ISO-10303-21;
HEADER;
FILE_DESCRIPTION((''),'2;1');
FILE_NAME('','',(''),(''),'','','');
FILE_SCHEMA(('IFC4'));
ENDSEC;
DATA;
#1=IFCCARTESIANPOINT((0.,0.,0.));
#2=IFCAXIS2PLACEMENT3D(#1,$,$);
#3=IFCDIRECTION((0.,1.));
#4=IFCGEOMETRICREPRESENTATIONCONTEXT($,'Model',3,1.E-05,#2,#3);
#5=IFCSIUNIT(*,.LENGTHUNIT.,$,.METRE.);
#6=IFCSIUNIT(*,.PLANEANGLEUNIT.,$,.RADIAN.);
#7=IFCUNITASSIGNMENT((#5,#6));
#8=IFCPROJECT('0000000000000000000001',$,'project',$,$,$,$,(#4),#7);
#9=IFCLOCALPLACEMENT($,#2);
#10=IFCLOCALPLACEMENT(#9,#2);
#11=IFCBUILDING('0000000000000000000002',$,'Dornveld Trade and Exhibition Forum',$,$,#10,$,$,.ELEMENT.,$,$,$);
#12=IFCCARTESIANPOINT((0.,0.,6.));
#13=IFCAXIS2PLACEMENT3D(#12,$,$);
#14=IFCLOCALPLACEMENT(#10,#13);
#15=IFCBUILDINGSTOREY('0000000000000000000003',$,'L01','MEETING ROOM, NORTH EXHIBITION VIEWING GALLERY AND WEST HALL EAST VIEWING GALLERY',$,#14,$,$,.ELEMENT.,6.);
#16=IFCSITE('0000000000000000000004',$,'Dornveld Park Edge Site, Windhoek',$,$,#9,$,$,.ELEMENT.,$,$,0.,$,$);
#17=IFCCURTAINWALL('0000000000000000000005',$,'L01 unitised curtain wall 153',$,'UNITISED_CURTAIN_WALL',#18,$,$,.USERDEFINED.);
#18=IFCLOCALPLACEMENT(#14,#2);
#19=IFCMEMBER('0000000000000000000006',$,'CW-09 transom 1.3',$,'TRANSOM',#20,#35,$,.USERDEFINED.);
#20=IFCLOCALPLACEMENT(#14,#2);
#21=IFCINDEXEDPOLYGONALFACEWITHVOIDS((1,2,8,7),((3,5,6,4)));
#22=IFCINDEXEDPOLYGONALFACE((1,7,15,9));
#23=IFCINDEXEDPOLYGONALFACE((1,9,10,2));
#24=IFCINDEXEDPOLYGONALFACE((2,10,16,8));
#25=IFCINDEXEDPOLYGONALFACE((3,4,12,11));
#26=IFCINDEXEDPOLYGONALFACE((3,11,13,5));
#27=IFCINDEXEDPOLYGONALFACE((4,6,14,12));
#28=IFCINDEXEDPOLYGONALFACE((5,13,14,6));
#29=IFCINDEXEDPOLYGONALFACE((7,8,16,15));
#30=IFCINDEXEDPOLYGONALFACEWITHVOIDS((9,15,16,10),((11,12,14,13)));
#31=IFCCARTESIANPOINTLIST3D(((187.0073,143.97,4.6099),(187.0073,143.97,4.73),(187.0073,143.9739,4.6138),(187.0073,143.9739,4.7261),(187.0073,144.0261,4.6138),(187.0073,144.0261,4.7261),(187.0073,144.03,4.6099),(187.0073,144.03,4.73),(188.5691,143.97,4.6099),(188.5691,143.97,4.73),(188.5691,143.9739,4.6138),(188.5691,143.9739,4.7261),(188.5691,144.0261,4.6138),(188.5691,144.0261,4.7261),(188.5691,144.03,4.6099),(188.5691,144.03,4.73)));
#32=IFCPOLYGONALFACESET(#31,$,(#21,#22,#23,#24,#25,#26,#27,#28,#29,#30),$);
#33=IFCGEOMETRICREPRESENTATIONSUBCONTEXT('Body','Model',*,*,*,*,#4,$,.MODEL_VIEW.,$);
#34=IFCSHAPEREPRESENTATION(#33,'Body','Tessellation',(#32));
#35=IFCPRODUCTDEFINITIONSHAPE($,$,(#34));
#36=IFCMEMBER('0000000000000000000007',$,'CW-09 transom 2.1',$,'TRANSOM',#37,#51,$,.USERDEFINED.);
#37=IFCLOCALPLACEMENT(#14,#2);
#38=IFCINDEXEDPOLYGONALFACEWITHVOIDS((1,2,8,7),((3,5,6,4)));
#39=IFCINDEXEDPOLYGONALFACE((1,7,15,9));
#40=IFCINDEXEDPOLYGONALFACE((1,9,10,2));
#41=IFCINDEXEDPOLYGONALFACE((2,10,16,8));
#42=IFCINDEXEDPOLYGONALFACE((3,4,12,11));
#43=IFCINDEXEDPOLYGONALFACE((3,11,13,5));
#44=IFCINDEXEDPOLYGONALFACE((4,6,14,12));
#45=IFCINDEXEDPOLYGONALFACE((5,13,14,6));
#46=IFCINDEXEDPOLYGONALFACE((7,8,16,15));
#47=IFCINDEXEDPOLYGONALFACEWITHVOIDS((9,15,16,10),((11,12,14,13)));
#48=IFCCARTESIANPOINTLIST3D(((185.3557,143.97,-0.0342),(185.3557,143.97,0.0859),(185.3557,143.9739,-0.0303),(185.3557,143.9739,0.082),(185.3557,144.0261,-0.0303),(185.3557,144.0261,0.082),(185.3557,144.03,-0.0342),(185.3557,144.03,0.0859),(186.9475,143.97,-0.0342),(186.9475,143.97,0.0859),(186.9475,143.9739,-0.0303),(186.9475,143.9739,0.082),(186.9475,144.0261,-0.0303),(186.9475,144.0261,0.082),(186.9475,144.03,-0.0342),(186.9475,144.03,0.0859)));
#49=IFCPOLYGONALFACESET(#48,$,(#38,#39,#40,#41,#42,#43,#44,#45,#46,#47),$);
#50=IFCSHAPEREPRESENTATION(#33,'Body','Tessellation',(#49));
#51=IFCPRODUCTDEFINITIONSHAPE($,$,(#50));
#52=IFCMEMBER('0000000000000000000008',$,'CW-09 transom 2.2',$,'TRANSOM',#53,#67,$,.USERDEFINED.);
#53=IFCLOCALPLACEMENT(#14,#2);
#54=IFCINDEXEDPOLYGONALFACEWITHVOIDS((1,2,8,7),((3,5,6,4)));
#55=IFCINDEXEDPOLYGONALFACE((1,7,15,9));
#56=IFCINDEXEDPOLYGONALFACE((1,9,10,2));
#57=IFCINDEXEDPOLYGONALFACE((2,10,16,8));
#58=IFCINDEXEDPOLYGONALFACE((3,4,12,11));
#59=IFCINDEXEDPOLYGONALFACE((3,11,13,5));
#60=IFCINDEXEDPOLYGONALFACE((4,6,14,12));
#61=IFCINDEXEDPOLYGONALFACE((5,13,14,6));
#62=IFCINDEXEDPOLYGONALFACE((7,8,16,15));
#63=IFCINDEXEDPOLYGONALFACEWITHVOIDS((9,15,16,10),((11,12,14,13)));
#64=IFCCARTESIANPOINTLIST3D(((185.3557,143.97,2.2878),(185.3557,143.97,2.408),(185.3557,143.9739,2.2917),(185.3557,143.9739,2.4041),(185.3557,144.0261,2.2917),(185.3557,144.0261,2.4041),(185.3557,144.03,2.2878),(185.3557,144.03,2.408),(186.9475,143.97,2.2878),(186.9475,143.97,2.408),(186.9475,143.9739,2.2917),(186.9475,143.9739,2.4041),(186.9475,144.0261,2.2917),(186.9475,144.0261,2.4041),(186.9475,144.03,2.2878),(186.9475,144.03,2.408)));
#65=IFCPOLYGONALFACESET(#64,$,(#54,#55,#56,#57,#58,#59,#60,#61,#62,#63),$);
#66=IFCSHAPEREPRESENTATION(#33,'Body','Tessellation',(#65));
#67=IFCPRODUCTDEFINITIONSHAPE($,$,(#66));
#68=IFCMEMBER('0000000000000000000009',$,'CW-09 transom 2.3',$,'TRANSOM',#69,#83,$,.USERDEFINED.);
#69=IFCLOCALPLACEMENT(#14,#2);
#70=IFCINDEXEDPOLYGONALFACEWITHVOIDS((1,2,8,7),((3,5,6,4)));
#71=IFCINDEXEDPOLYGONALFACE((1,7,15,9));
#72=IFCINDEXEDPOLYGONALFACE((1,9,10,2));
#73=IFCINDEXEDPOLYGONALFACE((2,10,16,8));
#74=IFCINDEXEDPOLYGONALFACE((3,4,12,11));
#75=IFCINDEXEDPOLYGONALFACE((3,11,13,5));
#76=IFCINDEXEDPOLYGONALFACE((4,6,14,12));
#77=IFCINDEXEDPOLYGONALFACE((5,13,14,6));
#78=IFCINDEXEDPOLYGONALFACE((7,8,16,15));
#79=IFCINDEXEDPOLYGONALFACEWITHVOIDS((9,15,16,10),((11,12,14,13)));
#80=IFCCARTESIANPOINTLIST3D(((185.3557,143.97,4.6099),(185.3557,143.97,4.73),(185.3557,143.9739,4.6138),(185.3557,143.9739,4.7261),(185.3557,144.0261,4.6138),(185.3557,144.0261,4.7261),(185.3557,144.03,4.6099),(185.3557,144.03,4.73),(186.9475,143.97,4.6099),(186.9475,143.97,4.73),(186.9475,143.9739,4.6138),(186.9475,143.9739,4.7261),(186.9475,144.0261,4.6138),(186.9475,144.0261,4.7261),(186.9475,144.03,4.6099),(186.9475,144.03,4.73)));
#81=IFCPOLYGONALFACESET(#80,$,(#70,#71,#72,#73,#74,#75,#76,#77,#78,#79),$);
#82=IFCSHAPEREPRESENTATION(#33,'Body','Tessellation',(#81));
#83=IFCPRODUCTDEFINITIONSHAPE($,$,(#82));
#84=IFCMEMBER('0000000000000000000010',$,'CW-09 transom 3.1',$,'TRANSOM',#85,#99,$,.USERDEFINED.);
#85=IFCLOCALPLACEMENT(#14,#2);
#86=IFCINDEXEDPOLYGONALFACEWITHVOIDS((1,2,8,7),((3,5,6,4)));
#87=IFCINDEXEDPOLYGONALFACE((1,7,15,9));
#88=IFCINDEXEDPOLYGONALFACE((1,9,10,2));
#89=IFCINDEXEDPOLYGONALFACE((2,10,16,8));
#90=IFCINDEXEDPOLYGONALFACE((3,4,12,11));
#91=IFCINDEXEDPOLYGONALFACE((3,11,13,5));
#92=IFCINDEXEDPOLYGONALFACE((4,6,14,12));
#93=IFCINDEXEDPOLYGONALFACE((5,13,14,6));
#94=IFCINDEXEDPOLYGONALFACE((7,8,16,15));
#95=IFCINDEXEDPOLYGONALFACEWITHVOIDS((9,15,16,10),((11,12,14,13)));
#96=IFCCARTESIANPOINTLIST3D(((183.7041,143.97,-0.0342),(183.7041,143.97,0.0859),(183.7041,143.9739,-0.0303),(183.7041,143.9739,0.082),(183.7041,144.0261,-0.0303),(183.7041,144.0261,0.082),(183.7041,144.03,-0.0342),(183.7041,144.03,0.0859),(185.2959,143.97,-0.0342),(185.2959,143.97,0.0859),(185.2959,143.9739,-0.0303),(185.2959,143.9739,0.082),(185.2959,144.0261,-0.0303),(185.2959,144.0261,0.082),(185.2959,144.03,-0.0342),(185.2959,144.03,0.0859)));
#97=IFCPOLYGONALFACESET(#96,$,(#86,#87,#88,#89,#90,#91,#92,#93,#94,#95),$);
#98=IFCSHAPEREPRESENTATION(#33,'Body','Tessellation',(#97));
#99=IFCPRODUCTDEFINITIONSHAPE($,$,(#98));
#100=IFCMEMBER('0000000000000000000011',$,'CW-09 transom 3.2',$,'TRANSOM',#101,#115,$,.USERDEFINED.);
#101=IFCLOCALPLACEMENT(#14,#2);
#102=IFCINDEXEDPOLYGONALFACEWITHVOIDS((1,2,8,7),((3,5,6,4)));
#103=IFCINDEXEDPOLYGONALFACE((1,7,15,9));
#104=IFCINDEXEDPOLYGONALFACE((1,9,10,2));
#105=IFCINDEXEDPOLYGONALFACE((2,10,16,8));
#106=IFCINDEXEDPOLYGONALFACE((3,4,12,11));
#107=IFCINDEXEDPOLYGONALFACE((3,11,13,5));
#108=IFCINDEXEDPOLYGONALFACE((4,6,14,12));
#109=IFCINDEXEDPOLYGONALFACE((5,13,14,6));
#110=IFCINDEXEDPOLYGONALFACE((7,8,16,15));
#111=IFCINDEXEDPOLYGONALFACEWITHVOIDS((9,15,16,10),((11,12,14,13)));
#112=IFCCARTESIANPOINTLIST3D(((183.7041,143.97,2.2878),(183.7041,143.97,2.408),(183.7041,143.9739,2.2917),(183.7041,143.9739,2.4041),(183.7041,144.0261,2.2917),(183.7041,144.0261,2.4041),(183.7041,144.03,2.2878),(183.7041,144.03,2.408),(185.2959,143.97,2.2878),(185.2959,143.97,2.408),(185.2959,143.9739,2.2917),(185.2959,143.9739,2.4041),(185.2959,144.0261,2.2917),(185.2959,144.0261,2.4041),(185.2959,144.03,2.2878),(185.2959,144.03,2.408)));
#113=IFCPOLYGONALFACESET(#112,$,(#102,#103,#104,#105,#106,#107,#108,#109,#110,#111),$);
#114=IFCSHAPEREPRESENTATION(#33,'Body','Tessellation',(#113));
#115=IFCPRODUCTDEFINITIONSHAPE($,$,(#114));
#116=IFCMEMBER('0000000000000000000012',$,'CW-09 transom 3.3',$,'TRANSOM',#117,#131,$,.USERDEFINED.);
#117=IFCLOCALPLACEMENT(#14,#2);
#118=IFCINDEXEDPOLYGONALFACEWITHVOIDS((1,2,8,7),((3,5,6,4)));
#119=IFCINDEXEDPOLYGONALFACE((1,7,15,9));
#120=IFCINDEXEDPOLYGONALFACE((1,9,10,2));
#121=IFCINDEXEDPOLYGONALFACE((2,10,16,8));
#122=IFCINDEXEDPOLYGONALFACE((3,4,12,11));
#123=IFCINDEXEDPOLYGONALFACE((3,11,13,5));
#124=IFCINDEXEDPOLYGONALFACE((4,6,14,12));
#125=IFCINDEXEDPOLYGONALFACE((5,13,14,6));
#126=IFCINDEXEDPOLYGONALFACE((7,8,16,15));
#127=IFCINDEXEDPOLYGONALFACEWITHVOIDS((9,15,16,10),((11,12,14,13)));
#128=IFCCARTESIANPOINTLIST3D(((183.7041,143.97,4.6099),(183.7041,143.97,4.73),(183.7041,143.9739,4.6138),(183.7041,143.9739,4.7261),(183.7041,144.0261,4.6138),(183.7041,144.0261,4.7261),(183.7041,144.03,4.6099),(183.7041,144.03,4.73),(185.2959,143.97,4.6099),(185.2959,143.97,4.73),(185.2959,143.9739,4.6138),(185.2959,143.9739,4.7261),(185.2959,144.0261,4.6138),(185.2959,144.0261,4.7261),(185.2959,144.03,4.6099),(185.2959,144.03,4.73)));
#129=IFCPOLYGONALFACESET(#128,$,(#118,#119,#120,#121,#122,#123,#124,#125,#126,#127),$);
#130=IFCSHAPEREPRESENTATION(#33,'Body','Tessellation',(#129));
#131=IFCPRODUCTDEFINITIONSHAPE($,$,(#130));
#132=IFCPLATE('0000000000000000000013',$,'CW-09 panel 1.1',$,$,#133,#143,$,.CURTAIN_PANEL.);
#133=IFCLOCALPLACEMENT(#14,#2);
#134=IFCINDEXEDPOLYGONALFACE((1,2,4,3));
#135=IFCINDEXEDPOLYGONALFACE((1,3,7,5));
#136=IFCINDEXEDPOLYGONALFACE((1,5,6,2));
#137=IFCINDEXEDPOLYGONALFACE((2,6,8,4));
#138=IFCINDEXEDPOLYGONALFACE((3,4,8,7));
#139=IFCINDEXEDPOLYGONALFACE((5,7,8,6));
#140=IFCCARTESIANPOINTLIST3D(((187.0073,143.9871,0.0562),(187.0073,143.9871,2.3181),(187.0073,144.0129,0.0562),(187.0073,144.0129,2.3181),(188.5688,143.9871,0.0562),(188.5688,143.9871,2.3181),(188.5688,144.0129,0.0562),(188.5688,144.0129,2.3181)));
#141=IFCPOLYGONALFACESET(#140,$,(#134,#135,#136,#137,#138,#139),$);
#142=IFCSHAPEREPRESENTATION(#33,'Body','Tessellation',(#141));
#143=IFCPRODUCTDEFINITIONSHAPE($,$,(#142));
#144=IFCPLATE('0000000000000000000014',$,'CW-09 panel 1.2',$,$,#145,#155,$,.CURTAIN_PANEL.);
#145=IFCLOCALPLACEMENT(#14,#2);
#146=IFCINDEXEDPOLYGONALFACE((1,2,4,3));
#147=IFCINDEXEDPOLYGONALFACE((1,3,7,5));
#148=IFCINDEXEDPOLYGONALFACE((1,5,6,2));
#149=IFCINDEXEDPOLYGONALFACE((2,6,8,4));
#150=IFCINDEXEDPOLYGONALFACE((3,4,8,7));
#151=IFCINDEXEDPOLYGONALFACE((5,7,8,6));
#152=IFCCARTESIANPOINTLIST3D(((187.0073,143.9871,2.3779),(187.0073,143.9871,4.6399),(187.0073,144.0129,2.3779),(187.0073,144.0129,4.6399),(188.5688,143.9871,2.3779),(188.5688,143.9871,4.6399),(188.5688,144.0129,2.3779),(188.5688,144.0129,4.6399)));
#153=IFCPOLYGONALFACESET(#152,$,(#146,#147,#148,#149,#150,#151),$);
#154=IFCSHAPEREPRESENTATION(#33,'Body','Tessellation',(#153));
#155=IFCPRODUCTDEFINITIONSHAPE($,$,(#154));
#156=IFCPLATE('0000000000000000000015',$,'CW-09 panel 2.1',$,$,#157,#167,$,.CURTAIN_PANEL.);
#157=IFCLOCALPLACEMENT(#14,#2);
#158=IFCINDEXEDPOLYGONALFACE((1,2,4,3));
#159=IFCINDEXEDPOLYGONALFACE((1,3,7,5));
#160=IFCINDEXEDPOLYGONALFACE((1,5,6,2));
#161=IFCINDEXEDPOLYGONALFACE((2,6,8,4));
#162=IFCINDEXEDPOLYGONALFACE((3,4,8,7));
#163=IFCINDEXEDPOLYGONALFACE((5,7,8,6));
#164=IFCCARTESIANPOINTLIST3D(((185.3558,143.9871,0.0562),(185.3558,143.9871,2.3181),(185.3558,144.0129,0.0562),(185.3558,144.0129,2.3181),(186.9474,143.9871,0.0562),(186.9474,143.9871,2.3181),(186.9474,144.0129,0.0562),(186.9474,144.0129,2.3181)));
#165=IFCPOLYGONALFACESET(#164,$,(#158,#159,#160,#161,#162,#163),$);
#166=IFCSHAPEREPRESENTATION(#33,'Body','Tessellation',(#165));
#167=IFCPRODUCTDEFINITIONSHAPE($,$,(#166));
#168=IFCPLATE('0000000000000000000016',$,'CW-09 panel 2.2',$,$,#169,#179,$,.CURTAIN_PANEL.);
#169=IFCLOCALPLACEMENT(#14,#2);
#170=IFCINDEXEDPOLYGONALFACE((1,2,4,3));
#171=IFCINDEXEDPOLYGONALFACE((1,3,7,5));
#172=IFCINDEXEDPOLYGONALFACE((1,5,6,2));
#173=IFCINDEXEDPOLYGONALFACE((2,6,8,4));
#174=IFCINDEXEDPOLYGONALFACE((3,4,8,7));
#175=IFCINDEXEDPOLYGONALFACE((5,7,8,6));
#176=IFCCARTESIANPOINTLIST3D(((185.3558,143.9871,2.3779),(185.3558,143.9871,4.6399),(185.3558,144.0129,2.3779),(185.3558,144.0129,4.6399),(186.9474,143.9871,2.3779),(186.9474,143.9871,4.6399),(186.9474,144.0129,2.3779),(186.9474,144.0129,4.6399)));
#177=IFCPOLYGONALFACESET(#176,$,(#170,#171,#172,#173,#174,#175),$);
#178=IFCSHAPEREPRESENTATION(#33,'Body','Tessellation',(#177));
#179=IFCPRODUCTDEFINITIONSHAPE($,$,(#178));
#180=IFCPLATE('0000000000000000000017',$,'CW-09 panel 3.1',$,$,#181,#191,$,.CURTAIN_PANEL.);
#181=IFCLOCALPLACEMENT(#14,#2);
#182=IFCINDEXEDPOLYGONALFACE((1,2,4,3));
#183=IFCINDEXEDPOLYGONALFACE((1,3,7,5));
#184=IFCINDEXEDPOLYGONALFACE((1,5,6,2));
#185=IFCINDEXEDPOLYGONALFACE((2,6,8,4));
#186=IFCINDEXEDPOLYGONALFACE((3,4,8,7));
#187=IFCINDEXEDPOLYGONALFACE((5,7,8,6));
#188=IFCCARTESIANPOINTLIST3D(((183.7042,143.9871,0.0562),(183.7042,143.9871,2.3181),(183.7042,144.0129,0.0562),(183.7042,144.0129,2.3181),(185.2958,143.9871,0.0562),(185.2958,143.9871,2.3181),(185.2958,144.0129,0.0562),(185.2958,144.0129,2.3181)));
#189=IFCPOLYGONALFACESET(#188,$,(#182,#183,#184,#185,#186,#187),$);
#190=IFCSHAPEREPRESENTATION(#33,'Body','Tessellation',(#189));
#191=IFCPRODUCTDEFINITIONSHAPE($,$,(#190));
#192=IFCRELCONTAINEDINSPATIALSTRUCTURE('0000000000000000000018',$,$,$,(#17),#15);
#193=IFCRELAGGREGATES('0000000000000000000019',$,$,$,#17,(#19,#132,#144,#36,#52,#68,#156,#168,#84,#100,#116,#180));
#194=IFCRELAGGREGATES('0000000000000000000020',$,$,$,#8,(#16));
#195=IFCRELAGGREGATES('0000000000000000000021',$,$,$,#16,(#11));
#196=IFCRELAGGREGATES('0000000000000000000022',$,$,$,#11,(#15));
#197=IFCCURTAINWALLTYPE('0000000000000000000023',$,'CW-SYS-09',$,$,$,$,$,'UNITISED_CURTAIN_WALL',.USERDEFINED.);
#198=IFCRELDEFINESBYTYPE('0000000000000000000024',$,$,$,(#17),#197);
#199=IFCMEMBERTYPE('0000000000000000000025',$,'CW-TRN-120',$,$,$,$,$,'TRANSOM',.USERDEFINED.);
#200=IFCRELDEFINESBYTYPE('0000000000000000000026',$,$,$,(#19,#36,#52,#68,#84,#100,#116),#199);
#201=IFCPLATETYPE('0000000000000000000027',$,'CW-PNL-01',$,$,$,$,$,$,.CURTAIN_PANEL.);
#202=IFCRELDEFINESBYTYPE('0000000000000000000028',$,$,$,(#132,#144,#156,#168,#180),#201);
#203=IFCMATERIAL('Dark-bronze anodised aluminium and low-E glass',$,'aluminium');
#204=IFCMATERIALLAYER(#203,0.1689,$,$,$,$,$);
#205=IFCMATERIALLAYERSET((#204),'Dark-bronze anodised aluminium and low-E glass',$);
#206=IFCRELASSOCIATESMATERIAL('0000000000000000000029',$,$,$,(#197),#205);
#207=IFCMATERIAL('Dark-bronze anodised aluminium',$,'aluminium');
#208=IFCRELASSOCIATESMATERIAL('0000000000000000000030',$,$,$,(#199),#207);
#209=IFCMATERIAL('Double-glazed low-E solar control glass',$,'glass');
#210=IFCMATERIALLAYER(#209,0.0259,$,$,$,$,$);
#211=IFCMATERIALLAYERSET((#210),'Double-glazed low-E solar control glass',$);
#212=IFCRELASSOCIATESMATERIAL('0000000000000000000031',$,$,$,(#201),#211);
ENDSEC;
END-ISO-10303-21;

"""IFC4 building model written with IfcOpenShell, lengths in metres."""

from ifc_helpers import new_model, si_unit, direction, frame, origin, origin_2d, place, context, subcontext, project, spatial, rectangle, hollow_rectangle, extrude, material, layer, layer_set, material_profile, profile_set, type_object, element, aggregate, save


model = new_model("IFC4")

# Units and contexts
model_context = context("Model", 3, precision=1e-05, world=origin(), true_north=direction((0.0, 1.0)))
body_context = subcontext(model_context, "Body", "Model", "MODEL_VIEW")
ifc_project = project(units=[si_unit("LENGTHUNIT", "METRE"), si_unit("PLANEANGLEUNIT", "RADIAN")], contexts=[model_context])

# Site, building, storey
site_placement = place(None, origin())
site = spatial("IfcSite", under=ifc_project, at=site_placement, Name="Dornveld Park Edge Site, Windhoek", CompositionType="ELEMENT", RefElevation=0.0)
building_placement = place(site_placement, origin())
building = spatial("IfcBuilding", under=site, at=building_placement, Name="Dornveld Trade and Exhibition Forum", CompositionType="ELEMENT")
storey_placement = place(building_placement, frame((0.0, 0.0, 6.0)))
storey = spatial("IfcBuildingStorey", under=building, at=storey_placement, Name="L01", Description="MEETING ROOM, NORTH EXHIBITION VIEWING GALLERY AND WEST HALL EAST VIEWING GALLERY", CompositionType="ELEMENT", Elevation=6.0)

# Curtain wall, members, plates
ifc_material_1 = material(Name="Dark-bronze anodised aluminium and low-E glass", Category="aluminium")
ifc_layer_1 = layer(ifc_material_1, 0.1689)
ifc_layer_set_1 = layer_set([ifc_layer_1], Name="Dark-bronze anodised aluminium and low-E glass")
curtain_wall_type = type_object("IfcCurtainWallType", Name="CW-SYS-09", ElementType="UNITISED_CURTAIN_WALL", PredefinedType="USERDEFINED", material=ifc_layer_set_1)
curtain_wall_placement = place(storey_placement, origin())
curtain_wall = element("IfcCurtainWall", 1, at=curtain_wall_placement, inside=storey, type_object=curtain_wall_type, Name="L01 unitised curtain wall 153", ObjectType="UNITISED_CURTAIN_WALL", PredefinedType="USERDEFINED")
ifc_material_2 = material(Name="Dark-bronze anodised aluminium", Category="aluminium")
ifc_material_profile_1 = material_profile(ifc_material_2, hollow_rectangle(XDim=0.0601, YDim=0.1201, WallThickness=0.0039, at=origin_2d()), Name="RHS 120x60x4")
ifc_profile_set_1 = profile_set([ifc_material_profile_1], Name="Dark-bronze anodised aluminium")
member_type_1 = type_object("IfcMemberType", Name="CW-TRN-120", ElementType="TRANSOM", PredefinedType="USERDEFINED", material=ifc_profile_set_1)
member_1_placement = place(storey_placement, frame((188.5691, 144.0, 4.6699), z_axis=(-1.0, 0.0, 0.0), x_axis=(0.0, -1.0, 0.0)))
member_1 = element("IfcMember", 2, at=member_1_placement, type_object=member_type_1, Name="CW-09 transom 1.3", ObjectType="TRANSOM", PredefinedType="USERDEFINED", context=body_context, shape_type="SweptSolid", body=[
    extrude(hollow_rectangle(XDim=0.0601, YDim=0.1201, WallThickness=0.0039, at=origin_2d()), origin(), (0.0, 0.0, 1.0), 1.5618),
])
member_2_placement = place(storey_placement, frame((186.9475, 144.0, 0.0259), z_axis=(-1.0, 0.0, 0.0), x_axis=(0.0, -1.0, 0.0)))
member_2 = element("IfcMember", 3, at=member_2_placement, type_object=member_type_1, Name="CW-09 transom 2.1", ObjectType="TRANSOM", PredefinedType="USERDEFINED", context=body_context, shape_type="SweptSolid", body=[
    extrude(hollow_rectangle(XDim=0.0601, YDim=0.1201, WallThickness=0.0039, at=origin_2d()), origin(), (0.0, 0.0, 1.0), 1.5918),
])
member_3_placement = place(storey_placement, frame((186.9475, 144.0, 2.3479), z_axis=(-1.0, 0.0, 0.0), x_axis=(0.0, -1.0, 0.0)))
member_3 = element("IfcMember", 4, at=member_3_placement, type_object=member_type_1, Name="CW-09 transom 2.2", ObjectType="TRANSOM", PredefinedType="USERDEFINED", context=body_context, shape_type="SweptSolid", body=[
    extrude(hollow_rectangle(XDim=0.0601, YDim=0.1201, WallThickness=0.0039, at=origin_2d()), origin(), (0.0, 0.0, 1.0), 1.5918),
])
member_4_placement = place(storey_placement, frame((186.9475, 144.0, 4.6699), z_axis=(-1.0, 0.0, 0.0), x_axis=(0.0, -1.0, 0.0)))
member_4 = element("IfcMember", 5, at=member_4_placement, type_object=member_type_1, Name="CW-09 transom 2.3", ObjectType="TRANSOM", PredefinedType="USERDEFINED", context=body_context, shape_type="SweptSolid", body=[
    extrude(hollow_rectangle(XDim=0.0601, YDim=0.1201, WallThickness=0.0039, at=origin_2d()), origin(), (0.0, 0.0, 1.0), 1.5918),
])
member_5_placement = place(storey_placement, frame((185.2959, 144.0, 0.0259), z_axis=(-1.0, 0.0, 0.0), x_axis=(0.0, -1.0, 0.0)))
member_5 = element("IfcMember", 6, at=member_5_placement, type_object=member_type_1, Name="CW-09 transom 3.1", ObjectType="TRANSOM", PredefinedType="USERDEFINED", context=body_context, shape_type="SweptSolid", body=[
    extrude(hollow_rectangle(XDim=0.0601, YDim=0.1201, WallThickness=0.0039, at=origin_2d()), origin(), (0.0, 0.0, 1.0), 1.5918),
])
member_6_placement = place(storey_placement, frame((185.2959, 144.0, 2.3479), z_axis=(-1.0, 0.0, 0.0), x_axis=(0.0, -1.0, 0.0)))
member_6 = element("IfcMember", 7, at=member_6_placement, type_object=member_type_1, Name="CW-09 transom 3.2", ObjectType="TRANSOM", PredefinedType="USERDEFINED", context=body_context, shape_type="SweptSolid", body=[
    extrude(hollow_rectangle(XDim=0.0601, YDim=0.1201, WallThickness=0.0039, at=origin_2d()), origin(), (0.0, 0.0, 1.0), 1.5918),
])
member_7_placement = place(storey_placement, frame((185.2959, 144.0, 4.6699), z_axis=(-1.0, 0.0, 0.0), x_axis=(0.0, -1.0, 0.0)))
member_7 = element("IfcMember", 8, at=member_7_placement, type_object=member_type_1, Name="CW-09 transom 3.3", ObjectType="TRANSOM", PredefinedType="USERDEFINED", context=body_context, shape_type="SweptSolid", body=[
    extrude(hollow_rectangle(XDim=0.0601, YDim=0.1201, WallThickness=0.0039, at=origin_2d()), origin(), (0.0, 0.0, 1.0), 1.5918),
])
ifc_material_3 = material(Name="Double-glazed low-E solar control glass", Category="glass")
ifc_layer_2 = layer(ifc_material_3, 0.0259)
ifc_layer_set_2 = layer_set([ifc_layer_2], Name="Double-glazed low-E solar control glass")
plate_type = type_object("IfcPlateType", Name="CW-PNL-01", PredefinedType="CURTAIN_PANEL", material=ifc_layer_set_2)
plate_1_placement = place(storey_placement, frame((187.7881, 144.0, 0.0562), z_axis=(0.0, 0.0, 1.0), x_axis=(-1.0, 0.0, 0.0)))
plate_1 = element("IfcPlate", 9, at=plate_1_placement, type_object=plate_type, Name="CW-09 panel 1.1", PredefinedType="CURTAIN_PANEL", context=body_context, shape_type="SweptSolid", body=[
    extrude(rectangle(XDim=1.5615, YDim=0.0259, at=origin_2d()), origin(), (0.0, 0.0, 1.0), 2.262),
])
plate_2_placement = place(storey_placement, frame((187.7881, 144.0, 2.3779), z_axis=(0.0, 0.0, 1.0), x_axis=(-1.0, 0.0, 0.0)))
plate_2 = element("IfcPlate", 10, at=plate_2_placement, type_object=plate_type, Name="CW-09 panel 1.2", PredefinedType="CURTAIN_PANEL", context=body_context, shape_type="SweptSolid", body=[
    extrude(rectangle(XDim=1.5615, YDim=0.0259, at=origin_2d()), origin(), (0.0, 0.0, 1.0), 2.262),
])
plate_3_placement = place(storey_placement, frame((186.1516, 144.0, 0.0562), z_axis=(0.0, 0.0, 1.0), x_axis=(-1.0, 0.0, 0.0)))
plate_3 = element("IfcPlate", 11, at=plate_3_placement, type_object=plate_type, Name="CW-09 panel 2.1", PredefinedType="CURTAIN_PANEL", context=body_context, shape_type="SweptSolid", body=[
    extrude(rectangle(XDim=1.5916, YDim=0.0259, at=origin_2d()), origin(), (0.0, 0.0, 1.0), 2.262),
])
plate_4_placement = place(storey_placement, frame((186.1516, 144.0, 2.3779), z_axis=(0.0, 0.0, 1.0), x_axis=(-1.0, 0.0, 0.0)))
plate_4 = element("IfcPlate", 12, at=plate_4_placement, type_object=plate_type, Name="CW-09 panel 2.2", PredefinedType="CURTAIN_PANEL", context=body_context, shape_type="SweptSolid", body=[
    extrude(rectangle(XDim=1.5916, YDim=0.0259, at=origin_2d()), origin(), (0.0, 0.0, 1.0), 2.262),
])
plate_5_placement = place(storey_placement, frame((184.5, 144.0, 0.0562), z_axis=(0.0, 0.0, 1.0), x_axis=(-1.0, 0.0, 0.0)))
plate_5 = element("IfcPlate", 13, at=plate_5_placement, type_object=plate_type, Name="CW-09 panel 3.1", PredefinedType="CURTAIN_PANEL", context=body_context, shape_type="SweptSolid", body=[
    extrude(rectangle(XDim=1.5916, YDim=0.0259, at=origin_2d()), origin(), (0.0, 0.0, 1.0), 2.262),
])
aggregate(curtain_wall, [member_1, plate_1, plate_2, member_2, member_3, member_4, plate_3, plate_4, member_5, member_6, member_7, plate_5])

save(model, "model.ifc")
